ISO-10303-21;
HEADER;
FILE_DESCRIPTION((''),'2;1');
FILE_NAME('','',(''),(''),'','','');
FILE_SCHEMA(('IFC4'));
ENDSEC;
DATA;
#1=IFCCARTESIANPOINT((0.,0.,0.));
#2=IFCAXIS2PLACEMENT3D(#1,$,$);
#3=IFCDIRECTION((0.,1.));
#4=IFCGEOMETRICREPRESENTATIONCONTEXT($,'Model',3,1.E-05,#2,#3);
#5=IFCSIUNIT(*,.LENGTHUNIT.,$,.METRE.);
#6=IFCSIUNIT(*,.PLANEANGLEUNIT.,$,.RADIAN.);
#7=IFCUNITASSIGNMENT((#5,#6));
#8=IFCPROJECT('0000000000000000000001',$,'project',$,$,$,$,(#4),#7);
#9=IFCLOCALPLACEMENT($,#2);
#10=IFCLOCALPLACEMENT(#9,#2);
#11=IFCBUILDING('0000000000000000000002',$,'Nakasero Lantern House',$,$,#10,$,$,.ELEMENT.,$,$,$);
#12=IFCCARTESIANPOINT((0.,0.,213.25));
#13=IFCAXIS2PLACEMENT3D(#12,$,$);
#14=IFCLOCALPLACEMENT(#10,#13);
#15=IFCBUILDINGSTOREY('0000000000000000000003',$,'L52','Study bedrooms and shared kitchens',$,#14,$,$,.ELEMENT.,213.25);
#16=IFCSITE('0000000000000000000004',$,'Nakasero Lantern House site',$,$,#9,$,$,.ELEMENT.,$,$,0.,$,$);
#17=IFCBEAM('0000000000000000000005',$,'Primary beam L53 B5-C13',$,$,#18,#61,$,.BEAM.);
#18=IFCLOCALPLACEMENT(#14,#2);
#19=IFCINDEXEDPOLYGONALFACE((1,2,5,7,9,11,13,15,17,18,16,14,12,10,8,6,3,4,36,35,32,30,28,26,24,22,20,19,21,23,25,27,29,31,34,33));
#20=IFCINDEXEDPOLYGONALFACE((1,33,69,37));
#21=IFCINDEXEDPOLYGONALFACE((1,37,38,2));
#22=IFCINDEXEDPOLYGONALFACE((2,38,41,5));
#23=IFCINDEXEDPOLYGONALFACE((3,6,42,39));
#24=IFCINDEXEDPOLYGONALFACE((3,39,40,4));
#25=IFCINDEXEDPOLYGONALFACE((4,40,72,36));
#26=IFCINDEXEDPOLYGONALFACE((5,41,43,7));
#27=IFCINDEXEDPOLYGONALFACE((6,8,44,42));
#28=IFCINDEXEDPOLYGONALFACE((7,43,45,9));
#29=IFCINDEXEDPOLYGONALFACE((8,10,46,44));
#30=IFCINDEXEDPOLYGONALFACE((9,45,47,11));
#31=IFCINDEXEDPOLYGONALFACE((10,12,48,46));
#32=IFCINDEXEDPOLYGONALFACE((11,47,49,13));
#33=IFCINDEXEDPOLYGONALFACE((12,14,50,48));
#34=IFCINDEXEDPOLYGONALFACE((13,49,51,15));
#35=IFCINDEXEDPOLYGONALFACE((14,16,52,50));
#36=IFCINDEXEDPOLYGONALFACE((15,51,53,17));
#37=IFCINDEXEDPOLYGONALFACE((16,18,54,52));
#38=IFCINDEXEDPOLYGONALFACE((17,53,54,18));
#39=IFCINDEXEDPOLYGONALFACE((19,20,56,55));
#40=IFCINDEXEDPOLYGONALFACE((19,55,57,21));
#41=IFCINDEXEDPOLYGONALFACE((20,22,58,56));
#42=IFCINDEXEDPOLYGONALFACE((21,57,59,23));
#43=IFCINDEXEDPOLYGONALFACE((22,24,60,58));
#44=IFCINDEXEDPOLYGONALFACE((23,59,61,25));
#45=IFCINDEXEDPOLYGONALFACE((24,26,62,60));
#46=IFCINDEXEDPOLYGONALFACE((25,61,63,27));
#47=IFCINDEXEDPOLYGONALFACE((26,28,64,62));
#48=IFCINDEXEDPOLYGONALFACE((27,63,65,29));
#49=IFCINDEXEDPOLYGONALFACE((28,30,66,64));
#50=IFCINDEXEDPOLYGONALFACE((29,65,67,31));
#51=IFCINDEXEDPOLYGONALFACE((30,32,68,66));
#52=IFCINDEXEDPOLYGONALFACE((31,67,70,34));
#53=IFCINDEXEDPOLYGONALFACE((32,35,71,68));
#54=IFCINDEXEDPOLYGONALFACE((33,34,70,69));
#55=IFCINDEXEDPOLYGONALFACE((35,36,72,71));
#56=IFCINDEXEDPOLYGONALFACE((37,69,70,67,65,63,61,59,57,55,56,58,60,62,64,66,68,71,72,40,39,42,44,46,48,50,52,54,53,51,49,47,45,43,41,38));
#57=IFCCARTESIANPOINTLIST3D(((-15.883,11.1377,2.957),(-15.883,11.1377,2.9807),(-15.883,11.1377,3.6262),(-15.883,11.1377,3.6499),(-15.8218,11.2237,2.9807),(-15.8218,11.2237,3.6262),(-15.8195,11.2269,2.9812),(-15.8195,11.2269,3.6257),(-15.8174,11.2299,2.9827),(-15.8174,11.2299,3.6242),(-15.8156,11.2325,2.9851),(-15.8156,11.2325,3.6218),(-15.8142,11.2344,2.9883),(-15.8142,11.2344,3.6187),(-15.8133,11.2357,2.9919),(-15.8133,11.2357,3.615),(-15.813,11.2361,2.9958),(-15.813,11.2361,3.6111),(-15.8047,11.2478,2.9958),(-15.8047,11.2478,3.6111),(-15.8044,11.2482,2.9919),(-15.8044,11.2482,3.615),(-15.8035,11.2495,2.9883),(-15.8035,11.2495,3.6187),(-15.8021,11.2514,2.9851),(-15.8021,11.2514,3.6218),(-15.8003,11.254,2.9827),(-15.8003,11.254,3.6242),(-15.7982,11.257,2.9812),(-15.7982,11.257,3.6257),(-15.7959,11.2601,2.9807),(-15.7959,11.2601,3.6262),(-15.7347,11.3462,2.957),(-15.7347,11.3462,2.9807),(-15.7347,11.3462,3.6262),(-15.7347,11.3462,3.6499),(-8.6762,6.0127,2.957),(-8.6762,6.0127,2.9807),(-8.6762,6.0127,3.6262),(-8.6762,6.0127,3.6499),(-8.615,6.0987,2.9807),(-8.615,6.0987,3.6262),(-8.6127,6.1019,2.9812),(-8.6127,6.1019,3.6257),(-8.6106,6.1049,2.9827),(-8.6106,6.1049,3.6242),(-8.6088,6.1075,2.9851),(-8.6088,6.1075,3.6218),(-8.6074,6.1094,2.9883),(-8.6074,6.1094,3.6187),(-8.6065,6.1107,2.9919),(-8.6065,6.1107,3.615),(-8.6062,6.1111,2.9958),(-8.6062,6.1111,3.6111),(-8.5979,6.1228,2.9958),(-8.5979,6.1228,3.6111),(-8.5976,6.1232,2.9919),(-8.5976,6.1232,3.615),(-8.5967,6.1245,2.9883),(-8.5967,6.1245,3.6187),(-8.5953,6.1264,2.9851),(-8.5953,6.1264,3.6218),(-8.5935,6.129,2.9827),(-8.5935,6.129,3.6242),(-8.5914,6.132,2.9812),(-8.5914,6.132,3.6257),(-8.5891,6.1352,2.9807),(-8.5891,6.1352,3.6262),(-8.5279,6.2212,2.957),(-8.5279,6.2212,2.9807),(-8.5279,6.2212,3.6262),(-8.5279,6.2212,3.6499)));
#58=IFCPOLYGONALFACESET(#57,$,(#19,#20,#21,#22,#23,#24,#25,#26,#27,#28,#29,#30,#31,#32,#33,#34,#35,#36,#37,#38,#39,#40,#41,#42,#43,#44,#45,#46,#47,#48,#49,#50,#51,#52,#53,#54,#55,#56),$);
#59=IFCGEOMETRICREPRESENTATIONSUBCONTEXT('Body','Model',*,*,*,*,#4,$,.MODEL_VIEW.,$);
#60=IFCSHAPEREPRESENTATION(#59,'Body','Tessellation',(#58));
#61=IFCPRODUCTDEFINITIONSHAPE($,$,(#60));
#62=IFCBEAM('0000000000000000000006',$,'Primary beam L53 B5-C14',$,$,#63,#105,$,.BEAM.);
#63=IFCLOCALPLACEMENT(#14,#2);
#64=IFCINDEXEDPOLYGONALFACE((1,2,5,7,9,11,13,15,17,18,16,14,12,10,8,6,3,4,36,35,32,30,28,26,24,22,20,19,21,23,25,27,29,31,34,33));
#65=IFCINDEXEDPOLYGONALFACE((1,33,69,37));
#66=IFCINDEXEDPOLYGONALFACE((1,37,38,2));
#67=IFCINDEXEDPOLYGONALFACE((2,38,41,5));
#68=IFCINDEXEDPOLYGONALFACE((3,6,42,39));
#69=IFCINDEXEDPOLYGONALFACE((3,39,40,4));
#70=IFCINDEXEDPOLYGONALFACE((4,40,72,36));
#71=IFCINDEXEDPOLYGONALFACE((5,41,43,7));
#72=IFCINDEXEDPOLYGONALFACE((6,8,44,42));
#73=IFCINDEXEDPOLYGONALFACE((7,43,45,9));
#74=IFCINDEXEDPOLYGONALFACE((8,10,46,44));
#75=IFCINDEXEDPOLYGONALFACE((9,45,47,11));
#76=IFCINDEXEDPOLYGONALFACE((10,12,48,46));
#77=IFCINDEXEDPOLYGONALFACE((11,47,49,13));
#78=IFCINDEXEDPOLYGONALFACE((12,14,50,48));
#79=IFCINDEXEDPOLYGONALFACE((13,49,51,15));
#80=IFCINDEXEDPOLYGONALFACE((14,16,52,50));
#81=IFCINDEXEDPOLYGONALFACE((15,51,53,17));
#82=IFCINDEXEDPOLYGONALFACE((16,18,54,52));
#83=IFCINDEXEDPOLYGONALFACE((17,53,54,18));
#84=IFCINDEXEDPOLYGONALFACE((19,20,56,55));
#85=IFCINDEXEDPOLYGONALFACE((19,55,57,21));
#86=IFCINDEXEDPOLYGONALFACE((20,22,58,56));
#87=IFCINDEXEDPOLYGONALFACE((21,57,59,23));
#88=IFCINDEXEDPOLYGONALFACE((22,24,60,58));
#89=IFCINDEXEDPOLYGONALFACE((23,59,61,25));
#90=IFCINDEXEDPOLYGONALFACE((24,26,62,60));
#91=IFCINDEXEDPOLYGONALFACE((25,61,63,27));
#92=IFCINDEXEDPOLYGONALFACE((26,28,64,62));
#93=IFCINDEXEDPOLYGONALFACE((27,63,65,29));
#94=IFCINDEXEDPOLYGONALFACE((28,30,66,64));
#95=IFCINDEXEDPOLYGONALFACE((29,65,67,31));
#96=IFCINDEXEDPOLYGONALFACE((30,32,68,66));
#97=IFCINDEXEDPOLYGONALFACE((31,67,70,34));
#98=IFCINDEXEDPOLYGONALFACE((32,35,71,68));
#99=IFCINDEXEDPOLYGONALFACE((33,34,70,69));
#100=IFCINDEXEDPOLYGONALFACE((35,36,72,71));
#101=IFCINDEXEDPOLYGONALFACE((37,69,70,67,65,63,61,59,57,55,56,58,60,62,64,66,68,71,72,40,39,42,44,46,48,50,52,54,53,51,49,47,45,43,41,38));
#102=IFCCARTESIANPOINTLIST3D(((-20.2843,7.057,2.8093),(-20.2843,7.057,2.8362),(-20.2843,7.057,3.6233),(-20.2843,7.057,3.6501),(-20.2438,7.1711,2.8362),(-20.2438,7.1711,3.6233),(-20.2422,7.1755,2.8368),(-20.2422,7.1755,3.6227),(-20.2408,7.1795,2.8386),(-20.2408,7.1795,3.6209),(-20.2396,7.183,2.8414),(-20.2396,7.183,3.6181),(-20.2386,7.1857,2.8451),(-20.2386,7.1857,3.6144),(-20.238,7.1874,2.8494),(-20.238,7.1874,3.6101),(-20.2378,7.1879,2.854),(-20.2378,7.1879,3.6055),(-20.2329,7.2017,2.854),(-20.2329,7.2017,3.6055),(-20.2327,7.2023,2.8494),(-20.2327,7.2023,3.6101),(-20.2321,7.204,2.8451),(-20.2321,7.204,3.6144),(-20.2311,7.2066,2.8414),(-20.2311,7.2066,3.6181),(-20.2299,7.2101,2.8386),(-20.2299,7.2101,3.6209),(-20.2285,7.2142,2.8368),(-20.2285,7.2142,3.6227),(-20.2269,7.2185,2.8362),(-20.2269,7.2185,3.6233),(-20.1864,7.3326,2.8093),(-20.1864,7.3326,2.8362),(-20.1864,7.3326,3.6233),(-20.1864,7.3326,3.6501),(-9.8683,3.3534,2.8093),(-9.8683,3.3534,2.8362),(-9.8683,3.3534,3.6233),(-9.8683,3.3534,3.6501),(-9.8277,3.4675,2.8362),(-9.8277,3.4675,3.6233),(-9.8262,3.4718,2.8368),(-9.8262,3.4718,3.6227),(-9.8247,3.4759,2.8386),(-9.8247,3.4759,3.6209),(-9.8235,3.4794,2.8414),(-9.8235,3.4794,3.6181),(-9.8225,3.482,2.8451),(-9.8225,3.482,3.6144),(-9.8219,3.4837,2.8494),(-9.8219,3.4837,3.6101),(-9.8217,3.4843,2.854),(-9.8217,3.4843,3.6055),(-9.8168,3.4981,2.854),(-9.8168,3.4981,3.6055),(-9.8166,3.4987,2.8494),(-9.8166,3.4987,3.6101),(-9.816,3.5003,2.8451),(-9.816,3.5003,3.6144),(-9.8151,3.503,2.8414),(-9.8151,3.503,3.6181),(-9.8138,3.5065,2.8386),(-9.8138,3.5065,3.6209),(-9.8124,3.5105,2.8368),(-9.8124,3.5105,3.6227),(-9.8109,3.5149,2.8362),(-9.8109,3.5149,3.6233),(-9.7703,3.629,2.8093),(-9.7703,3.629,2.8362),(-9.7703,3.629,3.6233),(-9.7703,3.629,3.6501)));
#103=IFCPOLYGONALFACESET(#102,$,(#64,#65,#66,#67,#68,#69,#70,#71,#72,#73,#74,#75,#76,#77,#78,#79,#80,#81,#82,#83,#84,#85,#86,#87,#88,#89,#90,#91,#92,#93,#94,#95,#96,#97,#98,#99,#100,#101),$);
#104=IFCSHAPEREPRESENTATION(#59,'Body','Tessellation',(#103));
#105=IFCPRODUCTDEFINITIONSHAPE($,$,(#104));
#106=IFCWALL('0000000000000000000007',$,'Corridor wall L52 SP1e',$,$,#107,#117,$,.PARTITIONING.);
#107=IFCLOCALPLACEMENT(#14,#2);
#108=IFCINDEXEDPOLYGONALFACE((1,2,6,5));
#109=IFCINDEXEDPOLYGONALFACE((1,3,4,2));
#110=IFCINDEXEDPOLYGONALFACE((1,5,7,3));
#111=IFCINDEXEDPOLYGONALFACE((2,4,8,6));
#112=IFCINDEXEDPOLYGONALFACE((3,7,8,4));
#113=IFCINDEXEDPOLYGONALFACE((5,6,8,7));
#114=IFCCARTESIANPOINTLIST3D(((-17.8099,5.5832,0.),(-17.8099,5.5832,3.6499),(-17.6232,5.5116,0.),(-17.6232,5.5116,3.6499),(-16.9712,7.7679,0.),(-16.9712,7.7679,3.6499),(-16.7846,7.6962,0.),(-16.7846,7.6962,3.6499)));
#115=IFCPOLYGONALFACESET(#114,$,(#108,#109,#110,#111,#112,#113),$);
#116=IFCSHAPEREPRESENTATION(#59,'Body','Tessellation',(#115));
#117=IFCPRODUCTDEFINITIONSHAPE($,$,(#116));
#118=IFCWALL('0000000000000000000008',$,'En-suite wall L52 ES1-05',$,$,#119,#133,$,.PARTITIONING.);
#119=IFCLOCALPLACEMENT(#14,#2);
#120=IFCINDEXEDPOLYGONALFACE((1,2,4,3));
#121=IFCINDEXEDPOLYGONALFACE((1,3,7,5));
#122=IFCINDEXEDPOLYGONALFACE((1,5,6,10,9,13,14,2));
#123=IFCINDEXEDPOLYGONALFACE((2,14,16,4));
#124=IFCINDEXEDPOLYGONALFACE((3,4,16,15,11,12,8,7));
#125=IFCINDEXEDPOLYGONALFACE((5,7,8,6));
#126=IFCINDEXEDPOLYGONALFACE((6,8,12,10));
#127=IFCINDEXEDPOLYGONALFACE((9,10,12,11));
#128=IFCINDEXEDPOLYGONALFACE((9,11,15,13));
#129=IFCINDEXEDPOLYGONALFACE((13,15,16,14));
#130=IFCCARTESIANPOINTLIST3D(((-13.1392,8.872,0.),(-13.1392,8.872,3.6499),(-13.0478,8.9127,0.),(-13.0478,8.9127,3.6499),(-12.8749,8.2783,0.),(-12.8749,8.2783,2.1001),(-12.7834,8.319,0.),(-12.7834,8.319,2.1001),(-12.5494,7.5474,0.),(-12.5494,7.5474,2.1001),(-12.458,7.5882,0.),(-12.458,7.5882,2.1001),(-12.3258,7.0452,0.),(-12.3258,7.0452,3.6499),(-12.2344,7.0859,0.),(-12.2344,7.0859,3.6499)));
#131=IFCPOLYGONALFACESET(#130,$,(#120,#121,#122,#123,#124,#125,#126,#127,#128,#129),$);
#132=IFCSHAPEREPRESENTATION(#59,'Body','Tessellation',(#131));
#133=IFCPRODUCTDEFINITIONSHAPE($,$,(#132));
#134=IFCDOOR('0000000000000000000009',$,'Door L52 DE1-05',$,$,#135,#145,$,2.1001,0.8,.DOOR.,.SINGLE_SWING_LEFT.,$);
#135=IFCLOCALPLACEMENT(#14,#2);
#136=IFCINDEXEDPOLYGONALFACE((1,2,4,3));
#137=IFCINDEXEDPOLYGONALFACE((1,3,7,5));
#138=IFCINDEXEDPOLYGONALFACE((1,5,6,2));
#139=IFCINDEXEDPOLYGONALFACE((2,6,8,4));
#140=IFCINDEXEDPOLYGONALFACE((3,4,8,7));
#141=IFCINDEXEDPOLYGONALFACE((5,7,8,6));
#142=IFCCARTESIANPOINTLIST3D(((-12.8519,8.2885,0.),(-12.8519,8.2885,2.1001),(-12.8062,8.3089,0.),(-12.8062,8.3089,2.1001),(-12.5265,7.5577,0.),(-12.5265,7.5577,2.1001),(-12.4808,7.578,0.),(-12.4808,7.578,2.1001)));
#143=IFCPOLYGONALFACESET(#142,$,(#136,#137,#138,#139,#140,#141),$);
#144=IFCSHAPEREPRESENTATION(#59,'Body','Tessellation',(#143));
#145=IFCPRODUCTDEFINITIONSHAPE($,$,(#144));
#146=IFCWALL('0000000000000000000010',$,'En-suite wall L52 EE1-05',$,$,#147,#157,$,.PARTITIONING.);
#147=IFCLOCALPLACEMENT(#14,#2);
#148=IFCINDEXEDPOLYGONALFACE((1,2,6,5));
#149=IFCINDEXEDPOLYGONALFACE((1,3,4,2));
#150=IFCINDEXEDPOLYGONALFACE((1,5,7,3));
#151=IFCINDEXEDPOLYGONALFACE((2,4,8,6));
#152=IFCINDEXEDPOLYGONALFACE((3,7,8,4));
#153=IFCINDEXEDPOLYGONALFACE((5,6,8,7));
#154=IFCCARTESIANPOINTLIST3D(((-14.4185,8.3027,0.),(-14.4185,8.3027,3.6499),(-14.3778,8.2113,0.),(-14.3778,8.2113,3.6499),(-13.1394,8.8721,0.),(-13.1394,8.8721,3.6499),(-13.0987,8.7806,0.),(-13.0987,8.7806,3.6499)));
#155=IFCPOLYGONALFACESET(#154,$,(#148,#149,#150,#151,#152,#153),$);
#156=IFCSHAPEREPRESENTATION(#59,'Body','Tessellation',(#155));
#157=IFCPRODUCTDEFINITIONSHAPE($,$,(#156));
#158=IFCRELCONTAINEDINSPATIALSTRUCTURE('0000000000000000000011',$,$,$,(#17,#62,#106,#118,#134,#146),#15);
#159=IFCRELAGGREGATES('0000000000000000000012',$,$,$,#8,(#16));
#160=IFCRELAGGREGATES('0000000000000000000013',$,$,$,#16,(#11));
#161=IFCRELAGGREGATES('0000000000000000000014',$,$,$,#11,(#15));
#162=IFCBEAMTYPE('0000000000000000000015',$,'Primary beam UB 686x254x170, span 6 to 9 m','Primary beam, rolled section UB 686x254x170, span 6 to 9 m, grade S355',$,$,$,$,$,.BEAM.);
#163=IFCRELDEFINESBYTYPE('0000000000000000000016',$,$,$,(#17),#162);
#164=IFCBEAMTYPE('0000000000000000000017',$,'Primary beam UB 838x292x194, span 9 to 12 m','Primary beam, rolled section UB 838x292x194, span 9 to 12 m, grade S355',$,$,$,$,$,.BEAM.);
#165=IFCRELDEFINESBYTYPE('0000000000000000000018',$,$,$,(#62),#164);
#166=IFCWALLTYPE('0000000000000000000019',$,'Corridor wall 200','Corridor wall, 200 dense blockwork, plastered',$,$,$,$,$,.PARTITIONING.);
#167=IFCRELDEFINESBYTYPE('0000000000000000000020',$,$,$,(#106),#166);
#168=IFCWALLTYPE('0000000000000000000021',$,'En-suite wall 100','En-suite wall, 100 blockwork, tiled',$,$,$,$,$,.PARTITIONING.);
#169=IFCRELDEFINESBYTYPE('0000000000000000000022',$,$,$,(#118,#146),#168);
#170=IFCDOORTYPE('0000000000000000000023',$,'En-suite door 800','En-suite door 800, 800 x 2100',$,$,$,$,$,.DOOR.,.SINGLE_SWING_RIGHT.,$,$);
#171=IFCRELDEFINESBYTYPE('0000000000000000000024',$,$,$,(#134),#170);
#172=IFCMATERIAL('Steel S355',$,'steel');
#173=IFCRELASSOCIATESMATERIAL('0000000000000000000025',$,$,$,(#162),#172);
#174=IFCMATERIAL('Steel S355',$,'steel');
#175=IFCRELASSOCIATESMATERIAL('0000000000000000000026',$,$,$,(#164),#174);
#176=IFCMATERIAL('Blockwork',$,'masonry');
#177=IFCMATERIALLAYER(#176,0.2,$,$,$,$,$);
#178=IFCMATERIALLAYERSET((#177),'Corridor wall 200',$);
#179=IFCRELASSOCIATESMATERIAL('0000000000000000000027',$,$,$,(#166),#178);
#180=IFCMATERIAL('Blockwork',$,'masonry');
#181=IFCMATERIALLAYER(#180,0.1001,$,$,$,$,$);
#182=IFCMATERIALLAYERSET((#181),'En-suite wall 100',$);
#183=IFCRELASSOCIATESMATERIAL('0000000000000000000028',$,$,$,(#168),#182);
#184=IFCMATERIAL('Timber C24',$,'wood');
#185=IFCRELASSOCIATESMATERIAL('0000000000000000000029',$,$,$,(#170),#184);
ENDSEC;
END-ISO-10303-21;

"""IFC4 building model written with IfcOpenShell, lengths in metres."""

from ifc_helpers import new_model, si_unit, direction, frame, frame_2d, origin, origin_2d, place, context, subcontext, project, spatial, rectangle, i_section, extrude, material, layer, layer_set, material_profile, profile_set, type_object, element, fill, save


model = new_model("IFC4")

# Units and contexts
model_context = context("Model", 3, precision=1e-05, world=origin(), true_north=direction((0.0, 1.0)))
body_context = subcontext(model_context, "Body", "Model", "MODEL_VIEW")
ifc_project = project(units=[si_unit("LENGTHUNIT", "METRE"), si_unit("PLANEANGLEUNIT", "RADIAN")], contexts=[model_context])

# Site, building, storey
site_placement = place(None, origin())
site = spatial("IfcSite", under=ifc_project, at=site_placement, Name="Nakasero Lantern House site", CompositionType="ELEMENT", RefElevation=0.0)
building_placement = place(site_placement, origin())
building = spatial("IfcBuilding", under=site, at=building_placement, Name="Nakasero Lantern House", CompositionType="ELEMENT")
storey_placement = place(building_placement, frame((0.0, 0.0, 213.25)))
storey = spatial("IfcBuildingStorey", under=building, at=storey_placement, Name="L52", Description="Study bedrooms and shared kitchens", CompositionType="ELEMENT", Elevation=213.25)

# Beams
ifc_material_1 = material(Name="Steel S355", Category="steel")
ifc_material_profile_1 = material_profile(ifc_material_1, i_section(OverallWidth=0.2559, OverallDepth=0.6929, WebThickness=0.0144, FlangeThickness=0.0237, FilletRadius=0.0151, at=origin_2d()), Name="UB 686x254x170")
ifc_profile_set_1 = profile_set([ifc_material_profile_1], Name="Steel S355")
beam_type_1 = type_object("IfcBeamType", Name="Primary beam UB 686x254x170, span 6 to 9 m", Description="Primary beam, rolled section UB 686x254x170, span 6 to 9 m, grade S355", PredefinedType="BEAM", material=ifc_profile_set_1)
beam_1_placement = place(storey_placement, frame((-15.8088, 11.2419, 3.3035), z_axis=(0.814946, -0.579537, 0.0), x_axis=(0.579537, 0.814946, 0.0)))
element("IfcBeam", 1, at=beam_1_placement, inside=storey, type_object=beam_type_1, Name="Primary beam L53 B5-C13", PredefinedType="BEAM", context=body_context, shape_type="SweptSolid", body=[
    extrude(i_section(OverallWidth=0.2559, OverallDepth=0.6929, WebThickness=0.0144, FlangeThickness=0.0237, FilletRadius=0.0151, at=origin_2d()), origin(), (0.0, 0.0, 1.0), 8.8433),
])
ifc_material_2 = material(Name="Steel S355", Category="steel")
ifc_material_profile_2 = material_profile(ifc_material_2, i_section(OverallWidth=0.2925, OverallDepth=0.8408, WebThickness=0.0146, FlangeThickness=0.0269, FilletRadius=0.0178, at=origin_2d()), Name="UB 838x292x194")
ifc_profile_set_2 = profile_set([ifc_material_profile_2], Name="Steel S355")
beam_type_2 = type_object("IfcBeamType", Name="Primary beam UB 838x292x194, span 9 to 12 m", Description="Primary beam, rolled section UB 838x292x194, span 9 to 12 m, grade S355", PredefinedType="BEAM", material=ifc_profile_set_2)
beam_2_placement = place(storey_placement, frame((-20.2354, 7.1948, 3.2297), z_axis=(0.942211, -0.335021, 0.0), x_axis=(0.335021, 0.942211, 0.0)))
element("IfcBeam", 2, at=beam_2_placement, inside=storey, type_object=beam_type_2, Name="Primary beam L53 B5-C14", PredefinedType="BEAM", context=body_context, shape_type="SweptSolid", body=[
    extrude(i_section(OverallWidth=0.2925, OverallDepth=0.8408, WebThickness=0.0146, FlangeThickness=0.0269, FilletRadius=0.0178, at=origin_2d()), origin(), (0.0, 0.0, 1.0), 11.0549),
])

# Wall
ifc_material_3 = material(Name="Blockwork", Category="masonry")
ifc_layer_1 = layer(ifc_material_3, 0.2)
ifc_layer_set_1 = layer_set([ifc_layer_1], Name="Corridor wall 200")
wall_type_1 = type_object("IfcWallType", Name="Corridor wall 200", Description="Corridor wall, 200 dense blockwork, plastered", PredefinedType="PARTITIONING", material=ifc_layer_set_1)
wall_1_placement = place(storey_placement, frame((-16.8779, 7.7319, 0.0), z_axis=(0.0, 0.0, 1.0), x_axis=(-0.358385, -0.933574, 0.0)))
element("IfcWall", 3, at=wall_1_placement, inside=storey, type_object=wall_type_1, Name="Corridor wall L52 SP1e", PredefinedType="PARTITIONING", context=body_context, shape_type="SweptSolid", body=[
    extrude(rectangle(XDim=2.3401, YDim=0.2, at=frame_2d((1.1699, 0.0))), origin(), (0.0, 0.0, 1.0), 3.6499),
])

# Wall, opening, door
ifc_material_4 = material(Name="Blockwork", Category="masonry")
ifc_layer_2 = layer(ifc_material_4, 0.1001)
ifc_layer_set_2 = layer_set([ifc_layer_2], Name="En-suite wall 100")
wall_type_2 = type_object("IfcWallType", Name="En-suite wall 100", Description="En-suite wall, 100 blockwork, tiled", PredefinedType="PARTITIONING", material=ifc_layer_set_2)
wall_2_placement = place(storey_placement, frame((-12.28, 7.0654, 0.0), z_axis=(0.0, 0.0, 1.0), x_axis=(-0.406773, 0.913529, 0.0)))
wall_2 = element("IfcWall", 4, at=wall_2_placement, inside=storey, type_object=wall_type_2, Name="En-suite wall L52 ES1-05", PredefinedType="PARTITIONING", context=body_context, shape_type="SweptSolid", body=[
    extrude(rectangle(XDim=1.9998, YDim=0.1001, at=frame_2d((1.0, 0.0))), origin(), (0.0, 0.0, 1.0), 3.6499),
])
opening_1_placement = place(wall_2_placement, frame((0.55, 0.0, 0.0)))
opening_1 = element("IfcOpeningElement", 5, at=opening_1_placement, cuts=wall_2, PredefinedType="OPENING", context=body_context, shape_type="SweptSolid", body=[
    extrude(rectangle(XDim=0.8, YDim=2.1001, at=frame_2d((0.3999, 1.05))), frame((0.0, 0.0701, 0.0), z_axis=(0.0, -1.0, 0.0), x_axis=(1.0, 0.0, 0.0)), (0.0, 0.0, 1.0), 0.1401),
])
ifc_material_5 = material(Name="Timber C24", Category="wood")
door_type = type_object("IfcDoorType", Name="En-suite door 800", Description="En-suite door 800, 800 x 2100", OperationType="SINGLE_SWING_RIGHT", PredefinedType="DOOR", material=ifc_material_5)
door_1_placement = place(opening_1_placement, origin())
door_1 = element("IfcDoor", 6, at=door_1_placement, inside=storey, type_object=door_type, Name="Door L52 DE1-05", OperationType="SINGLE_SWING_LEFT", OverallHeight=2.1001, OverallWidth=0.8, PredefinedType="DOOR", context=body_context, shape_type="SweptSolid", body=[
    extrude(rectangle(XDim=0.8, YDim=2.1001, at=frame_2d((0.3999, 1.05))), frame((0.0, 0.0249, 0.0), z_axis=(0.0, -1.0, 0.0), x_axis=(1.0, 0.0, 0.0)), (0.0, 0.0, 1.0), 0.05),
])
fill(opening_1, door_1)

# Wall
wall_3_placement = place(storey_placement, frame((-13.1189, 8.8264, 0.0), z_axis=(0.0, 0.0, 1.0), x_axis=(-0.913581, -0.406656, 0.0)))
element("IfcWall", 7, at=wall_3_placement, inside=storey, type_object=wall_type_2, Name="En-suite wall L52 EE1-05", PredefinedType="PARTITIONING", context=body_context, shape_type="SweptSolid", body=[
    extrude(rectangle(XDim=1.4001, YDim=0.1001, at=frame_2d((0.7002, 0.0))), origin(), (0.0, 0.0, 1.0), 3.6499),
])

save(model, "model.ifc")
